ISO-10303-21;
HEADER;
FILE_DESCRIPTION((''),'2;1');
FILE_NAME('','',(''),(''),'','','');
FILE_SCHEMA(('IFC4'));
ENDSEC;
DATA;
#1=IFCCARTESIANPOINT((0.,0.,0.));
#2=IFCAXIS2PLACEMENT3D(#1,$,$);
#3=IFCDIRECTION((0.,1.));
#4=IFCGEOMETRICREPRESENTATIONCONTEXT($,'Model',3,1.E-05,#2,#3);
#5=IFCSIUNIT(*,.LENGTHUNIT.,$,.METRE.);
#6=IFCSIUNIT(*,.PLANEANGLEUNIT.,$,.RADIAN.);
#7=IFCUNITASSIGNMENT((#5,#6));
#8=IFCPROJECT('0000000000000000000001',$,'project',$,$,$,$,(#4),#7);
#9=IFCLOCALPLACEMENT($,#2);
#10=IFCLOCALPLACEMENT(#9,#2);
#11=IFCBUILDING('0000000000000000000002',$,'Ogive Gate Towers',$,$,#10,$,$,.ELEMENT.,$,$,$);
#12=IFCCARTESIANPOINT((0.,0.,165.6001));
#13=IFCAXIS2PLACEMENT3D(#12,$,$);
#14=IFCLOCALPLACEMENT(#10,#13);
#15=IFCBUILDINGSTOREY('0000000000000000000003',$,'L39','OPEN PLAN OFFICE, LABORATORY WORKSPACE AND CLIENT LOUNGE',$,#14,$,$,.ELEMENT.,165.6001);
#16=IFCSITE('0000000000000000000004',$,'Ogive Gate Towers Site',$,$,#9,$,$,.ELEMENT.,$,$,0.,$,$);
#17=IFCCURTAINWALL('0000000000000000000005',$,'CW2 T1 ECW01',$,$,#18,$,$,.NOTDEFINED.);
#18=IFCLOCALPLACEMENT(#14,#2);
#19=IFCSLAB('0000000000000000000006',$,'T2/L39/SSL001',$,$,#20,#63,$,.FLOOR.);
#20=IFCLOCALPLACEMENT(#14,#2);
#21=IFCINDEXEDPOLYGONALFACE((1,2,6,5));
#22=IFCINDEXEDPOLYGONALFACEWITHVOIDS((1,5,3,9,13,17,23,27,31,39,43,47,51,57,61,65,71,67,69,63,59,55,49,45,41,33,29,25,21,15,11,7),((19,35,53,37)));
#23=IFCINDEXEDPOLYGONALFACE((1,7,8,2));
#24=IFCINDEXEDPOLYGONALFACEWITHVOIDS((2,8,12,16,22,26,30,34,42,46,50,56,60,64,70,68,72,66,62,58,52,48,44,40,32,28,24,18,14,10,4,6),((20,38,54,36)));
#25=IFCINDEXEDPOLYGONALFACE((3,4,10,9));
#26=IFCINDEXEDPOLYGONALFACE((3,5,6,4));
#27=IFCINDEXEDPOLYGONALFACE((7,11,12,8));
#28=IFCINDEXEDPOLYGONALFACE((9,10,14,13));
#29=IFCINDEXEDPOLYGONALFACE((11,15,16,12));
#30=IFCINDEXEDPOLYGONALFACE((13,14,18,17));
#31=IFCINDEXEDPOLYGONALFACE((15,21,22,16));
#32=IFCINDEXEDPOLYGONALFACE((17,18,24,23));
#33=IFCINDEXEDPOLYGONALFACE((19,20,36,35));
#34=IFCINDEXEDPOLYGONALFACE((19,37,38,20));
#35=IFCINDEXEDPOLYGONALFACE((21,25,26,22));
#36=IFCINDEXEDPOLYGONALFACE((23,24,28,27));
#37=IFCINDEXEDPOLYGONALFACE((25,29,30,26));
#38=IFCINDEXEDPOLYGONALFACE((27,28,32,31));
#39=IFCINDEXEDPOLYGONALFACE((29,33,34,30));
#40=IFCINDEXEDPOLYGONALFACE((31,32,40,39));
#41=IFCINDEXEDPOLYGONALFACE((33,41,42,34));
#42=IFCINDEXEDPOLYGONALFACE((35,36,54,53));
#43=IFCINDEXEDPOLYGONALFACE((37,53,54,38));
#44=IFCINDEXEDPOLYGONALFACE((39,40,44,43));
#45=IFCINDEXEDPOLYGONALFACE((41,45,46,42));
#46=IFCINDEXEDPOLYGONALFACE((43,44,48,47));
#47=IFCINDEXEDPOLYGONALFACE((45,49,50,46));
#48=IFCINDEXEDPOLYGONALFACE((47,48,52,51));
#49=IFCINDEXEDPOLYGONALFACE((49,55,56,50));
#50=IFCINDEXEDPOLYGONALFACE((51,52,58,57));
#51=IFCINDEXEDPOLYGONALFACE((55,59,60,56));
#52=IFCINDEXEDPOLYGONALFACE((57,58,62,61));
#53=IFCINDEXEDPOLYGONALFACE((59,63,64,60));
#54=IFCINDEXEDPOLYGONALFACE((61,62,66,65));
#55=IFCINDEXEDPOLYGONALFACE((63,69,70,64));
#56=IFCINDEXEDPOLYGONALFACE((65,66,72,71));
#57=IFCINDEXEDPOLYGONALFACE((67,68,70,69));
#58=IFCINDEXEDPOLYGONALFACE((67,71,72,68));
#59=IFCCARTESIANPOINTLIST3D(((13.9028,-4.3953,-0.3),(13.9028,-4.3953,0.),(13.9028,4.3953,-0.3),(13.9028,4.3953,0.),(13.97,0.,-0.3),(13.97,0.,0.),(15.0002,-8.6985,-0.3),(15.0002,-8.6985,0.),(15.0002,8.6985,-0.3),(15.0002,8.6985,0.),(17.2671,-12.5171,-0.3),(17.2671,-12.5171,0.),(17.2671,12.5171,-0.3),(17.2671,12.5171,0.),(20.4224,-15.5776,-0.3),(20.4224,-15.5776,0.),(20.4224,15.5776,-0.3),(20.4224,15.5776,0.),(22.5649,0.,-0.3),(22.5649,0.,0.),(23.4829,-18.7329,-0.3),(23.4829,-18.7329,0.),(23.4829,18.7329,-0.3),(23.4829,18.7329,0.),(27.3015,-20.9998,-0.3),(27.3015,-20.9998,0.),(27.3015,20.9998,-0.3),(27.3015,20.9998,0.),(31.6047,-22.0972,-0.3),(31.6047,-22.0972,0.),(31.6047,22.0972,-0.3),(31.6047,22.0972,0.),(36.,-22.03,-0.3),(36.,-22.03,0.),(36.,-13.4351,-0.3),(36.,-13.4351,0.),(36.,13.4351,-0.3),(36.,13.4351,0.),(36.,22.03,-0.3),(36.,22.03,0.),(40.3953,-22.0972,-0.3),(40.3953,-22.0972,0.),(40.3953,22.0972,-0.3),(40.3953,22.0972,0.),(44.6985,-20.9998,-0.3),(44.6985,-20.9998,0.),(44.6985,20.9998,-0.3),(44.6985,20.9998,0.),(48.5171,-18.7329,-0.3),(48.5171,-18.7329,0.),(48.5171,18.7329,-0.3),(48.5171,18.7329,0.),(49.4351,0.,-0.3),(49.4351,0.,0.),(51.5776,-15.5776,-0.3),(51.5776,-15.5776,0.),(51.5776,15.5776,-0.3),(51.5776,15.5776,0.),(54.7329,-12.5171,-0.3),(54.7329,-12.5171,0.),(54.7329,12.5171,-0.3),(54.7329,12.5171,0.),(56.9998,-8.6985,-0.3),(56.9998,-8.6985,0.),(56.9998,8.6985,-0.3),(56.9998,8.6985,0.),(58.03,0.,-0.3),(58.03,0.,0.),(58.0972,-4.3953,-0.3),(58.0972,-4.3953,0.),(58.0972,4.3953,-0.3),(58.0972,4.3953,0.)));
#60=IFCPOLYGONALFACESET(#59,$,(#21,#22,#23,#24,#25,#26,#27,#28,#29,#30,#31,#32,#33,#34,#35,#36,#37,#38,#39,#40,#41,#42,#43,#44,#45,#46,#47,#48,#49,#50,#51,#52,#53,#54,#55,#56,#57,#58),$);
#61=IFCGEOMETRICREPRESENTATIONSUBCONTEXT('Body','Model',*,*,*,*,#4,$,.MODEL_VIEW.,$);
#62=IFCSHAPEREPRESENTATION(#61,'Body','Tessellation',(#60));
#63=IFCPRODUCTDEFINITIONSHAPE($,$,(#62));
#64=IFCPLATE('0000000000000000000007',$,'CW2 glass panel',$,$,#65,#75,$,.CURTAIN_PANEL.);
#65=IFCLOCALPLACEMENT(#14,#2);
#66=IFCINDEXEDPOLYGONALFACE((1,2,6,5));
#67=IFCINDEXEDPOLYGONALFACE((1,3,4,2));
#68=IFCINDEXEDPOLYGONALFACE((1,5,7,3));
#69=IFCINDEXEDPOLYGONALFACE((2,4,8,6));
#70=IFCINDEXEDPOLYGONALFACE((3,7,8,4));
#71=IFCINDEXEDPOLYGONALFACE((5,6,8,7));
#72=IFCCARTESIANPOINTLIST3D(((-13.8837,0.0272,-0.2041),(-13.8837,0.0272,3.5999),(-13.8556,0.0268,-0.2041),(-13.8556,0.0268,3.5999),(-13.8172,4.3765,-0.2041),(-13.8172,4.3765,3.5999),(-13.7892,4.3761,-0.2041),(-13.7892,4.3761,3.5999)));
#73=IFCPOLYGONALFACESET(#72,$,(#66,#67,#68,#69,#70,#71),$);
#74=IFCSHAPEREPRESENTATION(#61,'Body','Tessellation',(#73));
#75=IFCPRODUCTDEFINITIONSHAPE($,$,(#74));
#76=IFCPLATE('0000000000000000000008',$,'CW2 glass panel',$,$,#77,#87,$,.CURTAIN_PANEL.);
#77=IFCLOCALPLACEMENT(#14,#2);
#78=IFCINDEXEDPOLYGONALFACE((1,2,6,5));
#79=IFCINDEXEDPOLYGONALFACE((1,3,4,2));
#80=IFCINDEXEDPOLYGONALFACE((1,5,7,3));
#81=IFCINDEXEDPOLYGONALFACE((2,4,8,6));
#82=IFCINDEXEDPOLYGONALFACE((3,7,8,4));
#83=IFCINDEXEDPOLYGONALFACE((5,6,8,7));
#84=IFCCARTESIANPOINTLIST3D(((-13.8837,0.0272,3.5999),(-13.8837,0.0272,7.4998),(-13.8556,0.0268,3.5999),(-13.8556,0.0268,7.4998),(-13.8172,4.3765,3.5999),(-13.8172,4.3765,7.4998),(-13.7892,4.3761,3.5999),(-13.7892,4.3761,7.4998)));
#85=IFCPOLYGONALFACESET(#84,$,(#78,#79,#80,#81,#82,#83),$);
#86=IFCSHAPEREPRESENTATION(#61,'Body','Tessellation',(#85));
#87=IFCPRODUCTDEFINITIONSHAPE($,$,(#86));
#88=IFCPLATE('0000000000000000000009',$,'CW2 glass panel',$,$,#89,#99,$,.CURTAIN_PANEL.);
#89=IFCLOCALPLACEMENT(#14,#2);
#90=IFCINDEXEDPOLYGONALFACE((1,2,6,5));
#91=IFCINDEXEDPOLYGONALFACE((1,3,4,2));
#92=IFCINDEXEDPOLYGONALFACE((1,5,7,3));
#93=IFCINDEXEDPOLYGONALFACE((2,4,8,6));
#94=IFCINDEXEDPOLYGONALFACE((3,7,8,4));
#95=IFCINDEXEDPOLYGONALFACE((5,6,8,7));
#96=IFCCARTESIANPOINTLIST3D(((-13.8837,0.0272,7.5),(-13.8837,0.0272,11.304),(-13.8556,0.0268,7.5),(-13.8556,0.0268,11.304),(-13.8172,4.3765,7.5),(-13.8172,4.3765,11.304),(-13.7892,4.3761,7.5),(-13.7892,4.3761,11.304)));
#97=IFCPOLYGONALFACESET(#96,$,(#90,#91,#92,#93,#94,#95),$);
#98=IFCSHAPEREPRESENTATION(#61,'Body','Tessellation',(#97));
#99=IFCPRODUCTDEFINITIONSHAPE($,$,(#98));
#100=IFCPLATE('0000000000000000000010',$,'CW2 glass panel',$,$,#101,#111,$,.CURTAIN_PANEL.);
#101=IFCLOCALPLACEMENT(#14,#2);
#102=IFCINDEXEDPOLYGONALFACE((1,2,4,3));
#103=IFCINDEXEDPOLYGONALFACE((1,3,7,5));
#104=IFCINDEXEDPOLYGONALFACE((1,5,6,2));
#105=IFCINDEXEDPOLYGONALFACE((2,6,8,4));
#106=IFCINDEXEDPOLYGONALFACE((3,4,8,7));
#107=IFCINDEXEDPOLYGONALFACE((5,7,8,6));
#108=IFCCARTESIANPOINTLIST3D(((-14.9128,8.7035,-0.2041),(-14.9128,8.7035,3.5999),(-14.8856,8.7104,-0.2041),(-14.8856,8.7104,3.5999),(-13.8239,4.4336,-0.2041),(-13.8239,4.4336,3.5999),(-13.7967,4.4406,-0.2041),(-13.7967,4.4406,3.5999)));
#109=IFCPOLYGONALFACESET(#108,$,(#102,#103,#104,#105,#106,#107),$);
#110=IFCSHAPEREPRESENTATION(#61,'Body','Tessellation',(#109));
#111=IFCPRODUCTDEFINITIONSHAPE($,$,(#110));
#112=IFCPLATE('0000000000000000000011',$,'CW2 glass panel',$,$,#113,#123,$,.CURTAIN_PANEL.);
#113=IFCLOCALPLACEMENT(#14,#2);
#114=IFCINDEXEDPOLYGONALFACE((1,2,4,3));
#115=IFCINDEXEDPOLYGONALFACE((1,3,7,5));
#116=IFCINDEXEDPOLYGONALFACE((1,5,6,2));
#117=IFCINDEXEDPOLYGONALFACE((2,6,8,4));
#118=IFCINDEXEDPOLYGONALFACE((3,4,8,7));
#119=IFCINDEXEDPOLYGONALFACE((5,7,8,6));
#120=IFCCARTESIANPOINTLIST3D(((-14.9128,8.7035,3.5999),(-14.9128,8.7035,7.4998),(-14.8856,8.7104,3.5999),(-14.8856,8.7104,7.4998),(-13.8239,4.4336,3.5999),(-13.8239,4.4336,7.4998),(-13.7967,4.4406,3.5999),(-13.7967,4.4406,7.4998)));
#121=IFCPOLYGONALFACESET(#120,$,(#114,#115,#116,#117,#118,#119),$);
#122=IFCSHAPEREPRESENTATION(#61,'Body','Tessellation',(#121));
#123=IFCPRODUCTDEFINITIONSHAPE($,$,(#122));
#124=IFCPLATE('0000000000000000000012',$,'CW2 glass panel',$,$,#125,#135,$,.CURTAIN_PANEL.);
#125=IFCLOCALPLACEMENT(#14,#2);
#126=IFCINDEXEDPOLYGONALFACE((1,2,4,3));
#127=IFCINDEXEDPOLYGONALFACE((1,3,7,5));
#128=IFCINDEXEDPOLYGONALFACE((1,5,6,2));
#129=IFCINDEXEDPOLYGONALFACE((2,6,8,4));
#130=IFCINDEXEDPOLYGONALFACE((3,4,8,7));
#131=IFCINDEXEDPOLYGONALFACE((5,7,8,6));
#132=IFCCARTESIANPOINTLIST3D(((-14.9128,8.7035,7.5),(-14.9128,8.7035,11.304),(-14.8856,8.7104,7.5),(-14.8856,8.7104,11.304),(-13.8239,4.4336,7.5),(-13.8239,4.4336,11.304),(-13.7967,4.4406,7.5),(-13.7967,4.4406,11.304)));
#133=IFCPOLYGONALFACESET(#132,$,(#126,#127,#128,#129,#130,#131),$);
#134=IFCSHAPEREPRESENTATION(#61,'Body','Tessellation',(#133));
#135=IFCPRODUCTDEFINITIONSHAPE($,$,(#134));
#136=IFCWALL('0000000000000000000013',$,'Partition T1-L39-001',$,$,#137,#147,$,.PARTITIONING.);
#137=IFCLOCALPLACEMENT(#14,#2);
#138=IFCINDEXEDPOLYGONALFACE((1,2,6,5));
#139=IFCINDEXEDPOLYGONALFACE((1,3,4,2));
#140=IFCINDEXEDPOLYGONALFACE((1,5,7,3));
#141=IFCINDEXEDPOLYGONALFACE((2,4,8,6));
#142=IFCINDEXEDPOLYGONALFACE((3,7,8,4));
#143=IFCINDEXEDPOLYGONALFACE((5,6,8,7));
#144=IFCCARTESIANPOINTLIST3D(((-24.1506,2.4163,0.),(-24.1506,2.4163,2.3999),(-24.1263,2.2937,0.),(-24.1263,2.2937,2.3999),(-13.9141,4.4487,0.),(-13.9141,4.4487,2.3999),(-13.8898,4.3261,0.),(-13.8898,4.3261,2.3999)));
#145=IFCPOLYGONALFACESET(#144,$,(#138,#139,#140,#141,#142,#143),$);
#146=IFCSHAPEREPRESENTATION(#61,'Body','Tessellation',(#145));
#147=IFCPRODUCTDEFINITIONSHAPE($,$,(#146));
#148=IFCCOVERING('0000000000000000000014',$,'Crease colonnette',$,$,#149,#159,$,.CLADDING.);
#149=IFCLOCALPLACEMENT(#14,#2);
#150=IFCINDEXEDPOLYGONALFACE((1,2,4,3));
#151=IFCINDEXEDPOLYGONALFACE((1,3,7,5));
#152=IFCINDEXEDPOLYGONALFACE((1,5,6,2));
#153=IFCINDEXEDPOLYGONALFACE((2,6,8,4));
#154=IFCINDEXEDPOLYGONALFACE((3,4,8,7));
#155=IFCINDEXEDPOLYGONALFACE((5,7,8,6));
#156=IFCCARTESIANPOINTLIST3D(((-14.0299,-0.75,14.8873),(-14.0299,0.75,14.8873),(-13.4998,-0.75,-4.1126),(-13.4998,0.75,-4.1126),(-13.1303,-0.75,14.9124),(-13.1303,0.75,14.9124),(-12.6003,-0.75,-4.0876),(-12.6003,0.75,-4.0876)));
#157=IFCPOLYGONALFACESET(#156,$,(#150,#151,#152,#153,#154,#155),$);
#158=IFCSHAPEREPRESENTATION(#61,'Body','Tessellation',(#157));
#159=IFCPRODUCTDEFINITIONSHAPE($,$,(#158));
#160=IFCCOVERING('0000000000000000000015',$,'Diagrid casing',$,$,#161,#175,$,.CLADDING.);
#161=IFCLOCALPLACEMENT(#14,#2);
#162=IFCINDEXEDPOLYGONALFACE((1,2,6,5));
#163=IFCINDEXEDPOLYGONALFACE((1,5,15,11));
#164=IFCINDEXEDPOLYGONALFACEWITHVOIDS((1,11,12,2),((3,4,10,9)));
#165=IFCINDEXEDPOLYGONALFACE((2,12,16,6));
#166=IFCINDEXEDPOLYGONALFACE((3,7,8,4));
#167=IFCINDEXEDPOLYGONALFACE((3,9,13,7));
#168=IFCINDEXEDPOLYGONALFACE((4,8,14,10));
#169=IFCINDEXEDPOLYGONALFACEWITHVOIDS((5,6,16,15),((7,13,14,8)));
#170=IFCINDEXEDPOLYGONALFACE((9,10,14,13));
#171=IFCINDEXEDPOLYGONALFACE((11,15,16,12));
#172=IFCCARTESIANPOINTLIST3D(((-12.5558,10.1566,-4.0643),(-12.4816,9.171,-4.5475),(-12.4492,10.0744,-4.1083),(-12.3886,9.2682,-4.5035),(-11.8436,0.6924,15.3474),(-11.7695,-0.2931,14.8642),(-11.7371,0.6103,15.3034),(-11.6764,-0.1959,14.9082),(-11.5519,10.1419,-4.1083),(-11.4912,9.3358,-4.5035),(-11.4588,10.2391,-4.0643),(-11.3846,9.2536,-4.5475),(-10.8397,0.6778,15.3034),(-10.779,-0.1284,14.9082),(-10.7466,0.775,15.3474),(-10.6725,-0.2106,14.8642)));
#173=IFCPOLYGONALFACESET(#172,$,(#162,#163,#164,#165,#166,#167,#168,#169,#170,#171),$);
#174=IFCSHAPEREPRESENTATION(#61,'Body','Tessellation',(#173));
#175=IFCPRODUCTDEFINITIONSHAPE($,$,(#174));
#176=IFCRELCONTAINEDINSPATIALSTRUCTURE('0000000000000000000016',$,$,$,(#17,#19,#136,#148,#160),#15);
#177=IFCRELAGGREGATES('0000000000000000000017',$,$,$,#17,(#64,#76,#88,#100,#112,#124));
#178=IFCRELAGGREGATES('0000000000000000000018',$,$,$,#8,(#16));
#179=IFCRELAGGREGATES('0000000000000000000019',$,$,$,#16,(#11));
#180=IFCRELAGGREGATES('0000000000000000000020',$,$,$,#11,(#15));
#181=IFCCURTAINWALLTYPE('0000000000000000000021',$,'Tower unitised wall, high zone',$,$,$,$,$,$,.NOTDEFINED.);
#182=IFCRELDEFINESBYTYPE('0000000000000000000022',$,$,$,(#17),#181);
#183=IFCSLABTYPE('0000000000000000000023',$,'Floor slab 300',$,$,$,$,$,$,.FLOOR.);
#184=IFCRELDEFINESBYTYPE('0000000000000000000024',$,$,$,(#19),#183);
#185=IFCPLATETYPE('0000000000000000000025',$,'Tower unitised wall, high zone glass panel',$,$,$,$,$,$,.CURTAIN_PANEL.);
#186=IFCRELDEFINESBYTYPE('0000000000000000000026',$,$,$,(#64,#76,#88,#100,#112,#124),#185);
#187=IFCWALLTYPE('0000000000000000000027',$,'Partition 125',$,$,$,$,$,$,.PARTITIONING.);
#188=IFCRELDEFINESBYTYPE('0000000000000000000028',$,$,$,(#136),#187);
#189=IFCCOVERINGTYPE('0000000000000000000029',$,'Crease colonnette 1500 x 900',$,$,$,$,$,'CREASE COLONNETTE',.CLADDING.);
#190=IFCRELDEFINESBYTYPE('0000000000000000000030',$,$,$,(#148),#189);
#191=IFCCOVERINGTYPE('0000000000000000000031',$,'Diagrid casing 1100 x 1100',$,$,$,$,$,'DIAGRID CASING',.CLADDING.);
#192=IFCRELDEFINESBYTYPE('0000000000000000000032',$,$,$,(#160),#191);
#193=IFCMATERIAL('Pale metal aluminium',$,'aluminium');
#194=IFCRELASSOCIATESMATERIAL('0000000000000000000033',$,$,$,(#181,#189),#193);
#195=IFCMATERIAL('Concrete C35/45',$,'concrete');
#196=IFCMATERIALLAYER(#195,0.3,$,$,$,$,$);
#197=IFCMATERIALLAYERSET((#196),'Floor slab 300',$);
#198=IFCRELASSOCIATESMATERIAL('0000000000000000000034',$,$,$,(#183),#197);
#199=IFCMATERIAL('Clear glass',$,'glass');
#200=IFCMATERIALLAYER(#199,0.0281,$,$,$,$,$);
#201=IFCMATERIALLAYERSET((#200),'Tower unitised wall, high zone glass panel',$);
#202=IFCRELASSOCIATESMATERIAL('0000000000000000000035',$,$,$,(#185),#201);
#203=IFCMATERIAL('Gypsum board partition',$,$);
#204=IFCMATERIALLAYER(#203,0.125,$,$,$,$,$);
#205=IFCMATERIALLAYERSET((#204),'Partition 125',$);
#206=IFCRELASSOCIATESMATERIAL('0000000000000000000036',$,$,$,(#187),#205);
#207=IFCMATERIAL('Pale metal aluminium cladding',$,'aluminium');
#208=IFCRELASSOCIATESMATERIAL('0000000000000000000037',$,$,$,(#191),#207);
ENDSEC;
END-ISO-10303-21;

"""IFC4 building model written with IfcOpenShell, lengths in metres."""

from ifc_helpers import new_model, si_unit, direction, frame, frame_2d, origin, origin_2d, place, context, subcontext, project, spatial, polyline, rectangle, hollow_rectangle, outline, extrude, material, layer, layer_set, material_profile, profile_set, type_object, element, aggregate, save


model = new_model("IFC4")

# Units and contexts
model_context = context("Model", 3, precision=1e-05, world=origin(), true_north=direction((0.0, 1.0)))
body_context = subcontext(model_context, "Body", "Model", "MODEL_VIEW")
ifc_project = project(units=[si_unit("LENGTHUNIT", "METRE"), si_unit("PLANEANGLEUNIT", "RADIAN")], contexts=[model_context])

# Site, building, storey
site_placement = place(None, origin())
site = spatial("IfcSite", under=ifc_project, at=site_placement, Name="Ogive Gate Towers Site", CompositionType="ELEMENT", RefElevation=0.0)
building_placement = place(site_placement, origin())
building = spatial("IfcBuilding", under=site, at=building_placement, Name="Ogive Gate Towers", CompositionType="ELEMENT")
storey_placement = place(building_placement, frame((0.0, 0.0, 165.6001)))
storey = spatial("IfcBuildingStorey", under=building, at=storey_placement, Name="L39", Description="OPEN PLAN OFFICE, LABORATORY WORKSPACE AND CLIENT LOUNGE", CompositionType="ELEMENT", Elevation=165.6001)

# Curtain wall
ifc_material_1 = material(Name="Pale metal aluminium", Category="aluminium")
curtain_wall_type = type_object("IfcCurtainWallType", Name="Tower unitised wall, high zone", PredefinedType="NOTDEFINED", material=ifc_material_1)
curtain_wall_placement = place(storey_placement, origin())
curtain_wall = element("IfcCurtainWall", 1, at=curtain_wall_placement, inside=storey, type_object=curtain_wall_type, Name="CW2 T1 ECW01", PredefinedType="NOTDEFINED")

# Slab
ifc_material_2 = material(Name="Concrete C35/45", Category="concrete")
ifc_layer_1 = layer(ifc_material_2, 0.3)
ifc_layer_set_1 = layer_set([ifc_layer_1], Name="Floor slab 300")
slab_type_1 = type_object("IfcSlabType", Name="Floor slab 300", PredefinedType="FLOOR", material=ifc_layer_set_1)
slab_1_placement = place(storey_placement, frame((0.0, 0.0, -0.3)))
element("IfcSlab", 2, at=slab_1_placement, inside=storey, type_object=slab_type_1, Name="T2/L39/SSL001", PredefinedType="FLOOR", context=body_context, shape_type="SweptSolid", body=[
    extrude(outline(polyline([(58.0972, -4.3953), (58.03, 0.0), (58.0972, 4.3953), (56.9998, 8.6985), (54.7329, 12.5171), (51.5776, 15.5776), (48.5171, 18.7329), (44.6985, 20.9998), (40.3953, 22.0972), (36.0, 22.03), (31.6047, 22.0972), (27.3015, 20.9998), (23.4829, 18.7329), (20.4224, 15.5776), (17.2671, 12.5171), (15.0002, 8.6985), (13.9028, 4.3953), (13.97, 0.0), (13.9028, -4.3953), (15.0002, -8.6985), (17.2671, -12.5171), (20.4224, -15.5776), (23.4829, -18.7329), (27.3015, -20.9998), (31.6047, -22.0972), (36.0, -22.03), (40.3953, -22.0972), (44.6985, -20.9998), (48.5171, -18.7329), (51.5776, -15.5776), (54.7329, -12.5171), (56.9998, -8.6985), (58.0972, -4.3953)]), holes=[polyline([(49.4351, 0.0), (36.0, -13.4351), (22.5649, 0.0), (36.0, 13.4351), (49.4351, 0.0)])]), origin(), (0.0, 0.0, 1.0), 0.3),
])

# Plates
ifc_material_3 = material(Name="Clear glass", Category="glass")
ifc_layer_2 = layer(ifc_material_3, 0.0281)
ifc_layer_set_2 = layer_set([ifc_layer_2], Name="Tower unitised wall, high zone glass panel")
plate_type = type_object("IfcPlateType", Name="Tower unitised wall, high zone glass panel", PredefinedType="CURTAIN_PANEL", material=ifc_layer_set_2)
plate_1_placement = place(storey_placement, frame((-13.8364, 2.2017, -0.2041), z_axis=(0.0, 0.0, 1.0), x_axis=(0.015271, 0.999883, 0.0)))
plate_1 = element("IfcPlate", 3, at=plate_1_placement, type_object=plate_type, Name="CW2 glass panel", PredefinedType="CURTAIN_PANEL", context=body_context, shape_type="SweptSolid", body=[
    extrude(rectangle(XDim=4.3499, YDim=0.0281, at=origin_2d()), origin(), (0.0, 0.0, 1.0), 3.804),
])
plate_2_placement = place(storey_placement, frame((-13.8364, 2.2017, 3.5999), z_axis=(0.0, 0.0, 1.0), x_axis=(0.015271, 0.999883, 0.0)))
plate_2 = element("IfcPlate", 4, at=plate_2_placement, type_object=plate_type, Name="CW2 glass panel", PredefinedType="CURTAIN_PANEL", context=body_context, shape_type="SweptSolid", body=[
    extrude(rectangle(XDim=4.3499, YDim=0.0281, at=origin_2d()), origin(), (0.0, 0.0, 1.0), 3.8999),
])
plate_3_placement = place(storey_placement, frame((-13.8364, 2.2017, 7.5), z_axis=(0.0, 0.0, 1.0), x_axis=(0.015271, 0.999883, 0.0)))
plate_3 = element("IfcPlate", 5, at=plate_3_placement, type_object=plate_type, Name="CW2 glass panel", PredefinedType="CURTAIN_PANEL", context=body_context, shape_type="SweptSolid", body=[
    extrude(rectangle(XDim=4.3499, YDim=0.0281, at=origin_2d()), origin(), (0.0, 0.0, 1.0), 3.804),
])
plate_4_placement = place(storey_placement, frame((-14.3547, 6.572, -0.2041), z_axis=(0.0, 0.0, 1.0), x_axis=(-0.2471, 0.96899, 0.0)))
plate_4 = element("IfcPlate", 6, at=plate_4_placement, type_object=plate_type, Name="CW2 glass panel", PredefinedType="CURTAIN_PANEL", context=body_context, shape_type="SweptSolid", body=[
    extrude(rectangle(XDim=4.4065, YDim=0.0281, at=origin_2d()), origin(), (0.0, 0.0, 1.0), 3.804),
])
plate_5_placement = place(storey_placement, frame((-14.3547, 6.572, 3.5999), z_axis=(0.0, 0.0, 1.0), x_axis=(-0.2471, 0.96899, 0.0)))
plate_5 = element("IfcPlate", 7, at=plate_5_placement, type_object=plate_type, Name="CW2 glass panel", PredefinedType="CURTAIN_PANEL", context=body_context, shape_type="SweptSolid", body=[
    extrude(rectangle(XDim=4.4065, YDim=0.0281, at=origin_2d()), origin(), (0.0, 0.0, 1.0), 3.8999),
])
plate_6_placement = place(storey_placement, frame((-14.3547, 6.572, 7.5), z_axis=(0.0, 0.0, 1.0), x_axis=(-0.2471, 0.96899, 0.0)))
plate_6 = element("IfcPlate", 8, at=plate_6_placement, type_object=plate_type, Name="CW2 glass panel", PredefinedType="CURTAIN_PANEL", context=body_context, shape_type="SweptSolid", body=[
    extrude(rectangle(XDim=4.4065, YDim=0.0281, at=origin_2d()), origin(), (0.0, 0.0, 1.0), 3.804),
])
aggregate(curtain_wall, [plate_1, plate_2, plate_3, plate_4, plate_5, plate_6])

# Wall
ifc_material_4 = material(Name="Gypsum board partition")
ifc_layer_3 = layer(ifc_material_4, 0.125)
ifc_layer_set_3 = layer_set([ifc_layer_3], Name="Partition 125")
wall_type = type_object("IfcWallType", Name="Partition 125", PredefinedType="PARTITIONING", material=ifc_layer_set_3)
wall_placement = place(storey_placement, frame((-13.9019, 4.3875, 0.0), z_axis=(0.0, 0.0, 1.0), x_axis=(-0.980853, -0.194748, 0.0)))
element("IfcWall", 9, at=wall_placement, inside=storey, type_object=wall_type, Name="Partition T1-L39-001", PredefinedType="PARTITIONING", context=body_context, shape_type="SweptSolid", body=[
    extrude(rectangle(XDim=10.4363, YDim=0.125, at=frame_2d((5.2183, 0.0))), origin(), (0.0, 0.0, 1.0), 2.3999),
])

# Coverings
ifc_material_profile_1 = material_profile(ifc_material_1, rectangle(XDim=1.5, YDim=0.8999, at=origin_2d()), Name="1500 x 900 pale metal aluminium")
ifc_profile_set_1 = profile_set([ifc_material_profile_1], Name="Pale metal aluminium")
covering_type_1 = type_object("IfcCoveringType", Name="Crease colonnette 1500 x 900", ElementType="CREASE COLONNETTE", PredefinedType="CLADDING", material=ifc_profile_set_1)
covering_1_placement = place(storey_placement, frame((-13.05, 0.0, -4.1001), z_axis=(-0.027885, 0.0, 0.999611), x_axis=(0.0, -1.0, 0.0)))
element("IfcCovering", 10, at=covering_1_placement, inside=storey, type_object=covering_type_1, Name="Crease colonnette", PredefinedType="CLADDING", context=body_context, shape_type="SweptSolid", body=[
    extrude(rectangle(XDim=1.5, YDim=0.8999, at=origin_2d()), origin(), (0.0, 0.0, 1.0), 19.0073),
])
ifc_material_5 = material(Name="Pale metal aluminium cladding", Category="aluminium")
ifc_material_profile_2 = material_profile(ifc_material_5, hollow_rectangle(XDim=1.1001, YDim=1.1001, WallThickness=0.1001, at=origin_2d()), Name="1100 x 1100 pale metal casing")
ifc_profile_set_2 = profile_set([ifc_material_profile_2], Name="Pale metal aluminium cladding")
covering_type_2 = type_object("IfcCoveringType", Name="Diagrid casing 1100 x 1100", ElementType="DIAGRID CASING", PredefinedType="CLADDING", material=ifc_profile_set_2)
covering_2_placement = place(storey_placement, frame((-11.9702, 9.7051, -4.3059), z_axis=(0.032959, -0.438, 0.898371), x_axis=(0.997181, 0.075036, 0.0)))
element("IfcCovering", 11, at=covering_2_placement, inside=storey, type_object=covering_type_2, Name="Diagrid casing", PredefinedType="CLADDING", context=body_context, shape_type="SweptSolid", body=[
    extrude(hollow_rectangle(XDim=1.1001, YDim=1.1001, WallThickness=0.1001, at=origin_2d()), origin(), (0.0, 0.0, 1.0), 21.6077),
])

save(model, "model.ifc")
